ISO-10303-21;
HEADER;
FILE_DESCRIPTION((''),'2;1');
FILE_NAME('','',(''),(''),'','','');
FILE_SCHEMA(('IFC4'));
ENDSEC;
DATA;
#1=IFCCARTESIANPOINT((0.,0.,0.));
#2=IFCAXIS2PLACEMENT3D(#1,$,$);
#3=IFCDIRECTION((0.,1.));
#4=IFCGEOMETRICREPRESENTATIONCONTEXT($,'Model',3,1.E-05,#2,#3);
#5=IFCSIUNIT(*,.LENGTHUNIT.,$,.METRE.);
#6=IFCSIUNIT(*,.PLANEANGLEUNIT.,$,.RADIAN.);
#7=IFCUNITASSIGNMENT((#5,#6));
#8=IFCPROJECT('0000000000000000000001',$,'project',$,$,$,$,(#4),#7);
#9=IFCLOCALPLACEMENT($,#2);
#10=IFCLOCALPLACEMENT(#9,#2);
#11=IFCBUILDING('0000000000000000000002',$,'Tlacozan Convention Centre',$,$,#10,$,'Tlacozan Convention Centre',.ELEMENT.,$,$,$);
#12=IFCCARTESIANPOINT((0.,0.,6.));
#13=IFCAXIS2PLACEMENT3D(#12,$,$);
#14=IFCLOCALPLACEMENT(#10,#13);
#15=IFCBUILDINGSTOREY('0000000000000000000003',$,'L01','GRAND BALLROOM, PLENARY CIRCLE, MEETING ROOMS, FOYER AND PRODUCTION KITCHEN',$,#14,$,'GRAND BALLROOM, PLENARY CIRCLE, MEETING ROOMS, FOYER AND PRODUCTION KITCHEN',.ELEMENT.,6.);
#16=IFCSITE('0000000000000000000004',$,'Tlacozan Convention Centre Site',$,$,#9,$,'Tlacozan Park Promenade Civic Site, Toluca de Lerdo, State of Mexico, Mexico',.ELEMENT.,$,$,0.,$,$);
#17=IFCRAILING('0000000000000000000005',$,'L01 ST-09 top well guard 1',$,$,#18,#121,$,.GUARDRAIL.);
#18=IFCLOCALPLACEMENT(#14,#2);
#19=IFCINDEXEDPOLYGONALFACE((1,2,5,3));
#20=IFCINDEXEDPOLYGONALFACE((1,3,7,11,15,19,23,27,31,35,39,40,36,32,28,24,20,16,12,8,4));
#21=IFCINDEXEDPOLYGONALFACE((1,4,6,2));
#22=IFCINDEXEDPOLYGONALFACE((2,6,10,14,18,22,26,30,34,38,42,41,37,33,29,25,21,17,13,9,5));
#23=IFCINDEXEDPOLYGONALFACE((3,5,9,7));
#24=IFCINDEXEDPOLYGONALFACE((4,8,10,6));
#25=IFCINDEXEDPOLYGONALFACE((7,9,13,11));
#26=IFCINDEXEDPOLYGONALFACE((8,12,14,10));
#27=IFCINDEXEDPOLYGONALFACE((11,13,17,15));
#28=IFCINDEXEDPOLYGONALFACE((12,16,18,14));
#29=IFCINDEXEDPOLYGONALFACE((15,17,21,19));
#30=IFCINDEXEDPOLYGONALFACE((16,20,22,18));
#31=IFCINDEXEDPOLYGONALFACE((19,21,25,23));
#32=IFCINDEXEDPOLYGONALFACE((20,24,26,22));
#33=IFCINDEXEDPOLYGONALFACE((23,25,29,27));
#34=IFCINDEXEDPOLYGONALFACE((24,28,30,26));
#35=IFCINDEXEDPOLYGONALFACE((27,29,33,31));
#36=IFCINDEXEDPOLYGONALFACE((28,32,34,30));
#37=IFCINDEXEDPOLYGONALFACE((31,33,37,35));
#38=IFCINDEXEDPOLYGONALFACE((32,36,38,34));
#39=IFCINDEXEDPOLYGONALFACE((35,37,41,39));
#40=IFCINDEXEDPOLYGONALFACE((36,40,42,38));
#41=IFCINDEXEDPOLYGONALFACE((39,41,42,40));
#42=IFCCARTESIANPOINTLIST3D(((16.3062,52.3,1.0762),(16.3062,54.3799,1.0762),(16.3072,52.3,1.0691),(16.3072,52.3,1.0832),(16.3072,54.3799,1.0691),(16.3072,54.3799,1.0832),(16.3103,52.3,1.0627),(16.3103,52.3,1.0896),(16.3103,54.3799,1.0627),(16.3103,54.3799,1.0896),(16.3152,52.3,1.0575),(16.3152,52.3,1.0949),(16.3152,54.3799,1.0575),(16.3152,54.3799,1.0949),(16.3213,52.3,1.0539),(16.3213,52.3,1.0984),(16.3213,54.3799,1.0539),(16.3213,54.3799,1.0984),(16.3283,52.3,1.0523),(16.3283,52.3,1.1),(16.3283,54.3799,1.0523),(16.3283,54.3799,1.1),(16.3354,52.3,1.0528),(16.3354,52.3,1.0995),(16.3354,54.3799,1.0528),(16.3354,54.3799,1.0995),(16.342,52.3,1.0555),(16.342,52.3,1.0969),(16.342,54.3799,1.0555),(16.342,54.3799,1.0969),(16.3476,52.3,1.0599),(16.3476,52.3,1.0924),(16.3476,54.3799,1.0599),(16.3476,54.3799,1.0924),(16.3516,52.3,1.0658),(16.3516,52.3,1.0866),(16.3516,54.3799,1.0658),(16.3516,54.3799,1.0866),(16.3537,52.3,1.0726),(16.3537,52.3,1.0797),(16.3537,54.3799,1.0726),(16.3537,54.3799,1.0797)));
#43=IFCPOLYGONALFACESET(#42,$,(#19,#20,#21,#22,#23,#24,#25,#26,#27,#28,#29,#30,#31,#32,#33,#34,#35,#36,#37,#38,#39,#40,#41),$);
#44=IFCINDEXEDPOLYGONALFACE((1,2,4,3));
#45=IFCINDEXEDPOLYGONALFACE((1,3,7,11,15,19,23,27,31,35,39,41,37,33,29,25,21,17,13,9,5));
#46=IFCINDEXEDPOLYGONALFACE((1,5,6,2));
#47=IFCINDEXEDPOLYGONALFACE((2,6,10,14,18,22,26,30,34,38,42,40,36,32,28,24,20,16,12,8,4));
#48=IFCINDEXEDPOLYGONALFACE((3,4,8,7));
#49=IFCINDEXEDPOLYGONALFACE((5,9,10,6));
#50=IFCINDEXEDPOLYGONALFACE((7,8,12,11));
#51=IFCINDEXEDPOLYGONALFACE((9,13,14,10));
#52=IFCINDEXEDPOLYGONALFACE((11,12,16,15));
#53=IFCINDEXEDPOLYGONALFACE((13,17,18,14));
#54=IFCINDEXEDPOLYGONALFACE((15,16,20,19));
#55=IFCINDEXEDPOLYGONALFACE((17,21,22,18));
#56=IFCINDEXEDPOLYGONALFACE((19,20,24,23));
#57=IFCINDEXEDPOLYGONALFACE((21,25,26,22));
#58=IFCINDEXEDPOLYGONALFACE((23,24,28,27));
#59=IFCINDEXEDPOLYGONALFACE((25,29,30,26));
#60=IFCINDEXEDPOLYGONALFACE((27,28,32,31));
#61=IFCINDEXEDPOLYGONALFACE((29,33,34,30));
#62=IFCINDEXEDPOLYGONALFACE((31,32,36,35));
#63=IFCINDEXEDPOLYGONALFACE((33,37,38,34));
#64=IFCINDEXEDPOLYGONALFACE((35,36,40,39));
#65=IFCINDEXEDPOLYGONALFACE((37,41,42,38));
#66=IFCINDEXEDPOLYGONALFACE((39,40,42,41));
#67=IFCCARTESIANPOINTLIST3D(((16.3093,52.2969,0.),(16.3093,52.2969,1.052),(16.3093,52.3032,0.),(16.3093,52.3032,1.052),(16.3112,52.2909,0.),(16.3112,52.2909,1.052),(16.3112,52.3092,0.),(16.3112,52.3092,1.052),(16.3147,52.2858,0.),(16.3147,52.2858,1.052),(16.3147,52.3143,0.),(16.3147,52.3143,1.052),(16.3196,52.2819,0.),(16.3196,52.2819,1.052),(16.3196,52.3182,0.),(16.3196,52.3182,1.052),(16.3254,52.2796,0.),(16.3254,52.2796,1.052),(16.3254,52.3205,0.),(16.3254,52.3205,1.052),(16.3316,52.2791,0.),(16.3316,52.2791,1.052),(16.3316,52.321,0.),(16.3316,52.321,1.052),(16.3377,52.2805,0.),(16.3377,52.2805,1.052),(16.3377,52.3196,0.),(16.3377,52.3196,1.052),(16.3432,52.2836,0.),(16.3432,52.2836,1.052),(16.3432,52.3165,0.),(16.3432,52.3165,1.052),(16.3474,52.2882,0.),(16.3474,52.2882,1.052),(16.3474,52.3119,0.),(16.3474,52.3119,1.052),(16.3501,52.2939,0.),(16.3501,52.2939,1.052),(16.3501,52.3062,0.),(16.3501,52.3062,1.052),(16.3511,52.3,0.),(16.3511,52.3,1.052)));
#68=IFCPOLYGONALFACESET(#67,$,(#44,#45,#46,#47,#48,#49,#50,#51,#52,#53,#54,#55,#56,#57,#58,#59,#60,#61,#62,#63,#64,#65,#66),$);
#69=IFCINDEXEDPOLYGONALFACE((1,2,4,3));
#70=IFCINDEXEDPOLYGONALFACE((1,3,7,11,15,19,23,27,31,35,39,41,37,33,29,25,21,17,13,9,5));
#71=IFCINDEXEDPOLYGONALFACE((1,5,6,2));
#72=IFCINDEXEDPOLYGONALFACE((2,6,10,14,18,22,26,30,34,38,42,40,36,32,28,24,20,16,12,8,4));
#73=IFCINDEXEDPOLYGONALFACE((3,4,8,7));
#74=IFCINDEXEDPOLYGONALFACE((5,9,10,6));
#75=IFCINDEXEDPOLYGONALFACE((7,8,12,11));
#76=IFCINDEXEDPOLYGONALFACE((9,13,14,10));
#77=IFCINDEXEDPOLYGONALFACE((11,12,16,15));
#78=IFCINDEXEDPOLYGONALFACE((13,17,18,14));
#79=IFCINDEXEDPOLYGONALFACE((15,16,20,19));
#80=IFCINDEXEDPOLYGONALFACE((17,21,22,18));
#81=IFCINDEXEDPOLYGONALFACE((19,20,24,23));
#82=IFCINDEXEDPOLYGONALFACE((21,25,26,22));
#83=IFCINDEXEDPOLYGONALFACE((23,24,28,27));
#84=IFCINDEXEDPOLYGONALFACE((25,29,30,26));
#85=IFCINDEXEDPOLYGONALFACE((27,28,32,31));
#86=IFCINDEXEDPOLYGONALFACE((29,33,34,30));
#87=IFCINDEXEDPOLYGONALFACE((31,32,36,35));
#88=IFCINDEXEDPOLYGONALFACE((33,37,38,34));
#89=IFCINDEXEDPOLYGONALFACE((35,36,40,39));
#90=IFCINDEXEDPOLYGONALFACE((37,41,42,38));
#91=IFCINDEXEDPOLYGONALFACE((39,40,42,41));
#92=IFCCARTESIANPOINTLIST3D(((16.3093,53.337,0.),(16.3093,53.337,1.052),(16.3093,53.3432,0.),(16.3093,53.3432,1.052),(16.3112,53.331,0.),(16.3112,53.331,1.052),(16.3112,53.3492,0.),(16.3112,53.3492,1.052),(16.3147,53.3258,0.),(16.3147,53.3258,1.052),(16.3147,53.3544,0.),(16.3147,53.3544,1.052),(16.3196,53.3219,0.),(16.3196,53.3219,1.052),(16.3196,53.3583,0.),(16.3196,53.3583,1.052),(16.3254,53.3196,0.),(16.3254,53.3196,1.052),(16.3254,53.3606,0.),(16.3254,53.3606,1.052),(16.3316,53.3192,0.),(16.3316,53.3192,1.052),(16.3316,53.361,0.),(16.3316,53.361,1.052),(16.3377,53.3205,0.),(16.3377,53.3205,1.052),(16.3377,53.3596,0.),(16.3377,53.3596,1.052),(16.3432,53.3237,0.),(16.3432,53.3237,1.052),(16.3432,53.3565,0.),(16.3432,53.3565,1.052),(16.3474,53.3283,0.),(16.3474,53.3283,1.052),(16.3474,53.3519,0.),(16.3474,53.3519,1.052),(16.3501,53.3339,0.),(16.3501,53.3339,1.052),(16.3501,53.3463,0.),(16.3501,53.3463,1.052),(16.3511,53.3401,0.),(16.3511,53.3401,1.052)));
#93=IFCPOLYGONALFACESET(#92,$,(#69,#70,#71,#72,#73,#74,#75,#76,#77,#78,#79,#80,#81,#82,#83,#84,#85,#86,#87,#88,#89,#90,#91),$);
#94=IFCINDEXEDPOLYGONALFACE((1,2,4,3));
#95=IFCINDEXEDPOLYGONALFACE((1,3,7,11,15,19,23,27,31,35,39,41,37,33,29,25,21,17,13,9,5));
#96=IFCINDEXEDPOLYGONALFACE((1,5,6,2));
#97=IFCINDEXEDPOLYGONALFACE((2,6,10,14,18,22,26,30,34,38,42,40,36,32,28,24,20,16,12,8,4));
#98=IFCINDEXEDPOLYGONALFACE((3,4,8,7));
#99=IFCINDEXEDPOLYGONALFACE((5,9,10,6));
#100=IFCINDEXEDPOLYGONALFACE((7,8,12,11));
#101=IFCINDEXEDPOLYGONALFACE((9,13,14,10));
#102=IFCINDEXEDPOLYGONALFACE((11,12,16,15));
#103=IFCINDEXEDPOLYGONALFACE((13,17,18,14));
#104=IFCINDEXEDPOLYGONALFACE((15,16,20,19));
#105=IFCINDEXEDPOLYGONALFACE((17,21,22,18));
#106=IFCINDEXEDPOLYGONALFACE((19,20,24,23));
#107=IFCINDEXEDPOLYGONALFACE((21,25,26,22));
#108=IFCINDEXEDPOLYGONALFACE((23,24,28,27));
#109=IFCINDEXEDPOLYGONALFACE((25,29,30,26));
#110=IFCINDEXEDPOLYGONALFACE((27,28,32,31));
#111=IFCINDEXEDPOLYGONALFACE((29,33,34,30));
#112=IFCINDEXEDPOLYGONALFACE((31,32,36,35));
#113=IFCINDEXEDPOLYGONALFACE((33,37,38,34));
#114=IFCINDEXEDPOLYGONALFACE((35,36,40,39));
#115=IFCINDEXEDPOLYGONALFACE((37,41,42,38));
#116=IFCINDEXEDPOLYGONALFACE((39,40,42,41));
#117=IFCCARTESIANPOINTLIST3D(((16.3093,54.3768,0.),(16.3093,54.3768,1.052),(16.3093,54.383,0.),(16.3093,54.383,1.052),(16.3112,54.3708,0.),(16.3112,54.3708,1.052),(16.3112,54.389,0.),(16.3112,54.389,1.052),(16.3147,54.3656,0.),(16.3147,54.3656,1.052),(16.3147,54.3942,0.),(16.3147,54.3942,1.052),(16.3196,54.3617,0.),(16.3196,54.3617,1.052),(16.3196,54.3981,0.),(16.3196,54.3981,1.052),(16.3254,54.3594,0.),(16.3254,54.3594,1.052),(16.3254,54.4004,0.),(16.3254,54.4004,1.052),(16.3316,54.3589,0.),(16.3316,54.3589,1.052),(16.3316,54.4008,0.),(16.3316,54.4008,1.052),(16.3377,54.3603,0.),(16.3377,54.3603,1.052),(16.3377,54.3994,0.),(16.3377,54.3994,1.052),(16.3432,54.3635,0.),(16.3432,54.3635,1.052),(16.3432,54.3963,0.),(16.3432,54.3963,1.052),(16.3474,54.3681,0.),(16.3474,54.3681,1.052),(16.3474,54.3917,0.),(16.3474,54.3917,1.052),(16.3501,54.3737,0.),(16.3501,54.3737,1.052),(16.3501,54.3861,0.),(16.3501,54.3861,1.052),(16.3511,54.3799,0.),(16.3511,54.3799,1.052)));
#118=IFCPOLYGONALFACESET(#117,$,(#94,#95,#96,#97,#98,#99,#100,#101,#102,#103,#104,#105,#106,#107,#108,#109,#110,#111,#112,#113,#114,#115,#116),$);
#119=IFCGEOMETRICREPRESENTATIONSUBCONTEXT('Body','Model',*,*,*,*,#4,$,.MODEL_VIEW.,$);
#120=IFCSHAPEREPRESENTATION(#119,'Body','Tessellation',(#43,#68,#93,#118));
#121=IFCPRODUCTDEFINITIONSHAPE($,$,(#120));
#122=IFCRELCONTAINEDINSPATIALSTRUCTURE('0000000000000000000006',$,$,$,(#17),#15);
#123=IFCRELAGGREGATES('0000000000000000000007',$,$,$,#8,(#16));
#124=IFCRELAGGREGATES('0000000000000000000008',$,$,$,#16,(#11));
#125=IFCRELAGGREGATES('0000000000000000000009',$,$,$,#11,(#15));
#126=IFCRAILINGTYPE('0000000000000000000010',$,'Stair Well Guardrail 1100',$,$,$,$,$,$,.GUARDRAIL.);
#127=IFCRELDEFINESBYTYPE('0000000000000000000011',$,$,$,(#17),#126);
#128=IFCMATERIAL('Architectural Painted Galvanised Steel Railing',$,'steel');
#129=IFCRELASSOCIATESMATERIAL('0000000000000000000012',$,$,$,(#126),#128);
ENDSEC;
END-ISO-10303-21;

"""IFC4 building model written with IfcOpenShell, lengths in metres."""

from ifc_helpers import new_model, si_unit, direction, frame, origin, origin_2d, place, context, subcontext, project, spatial, circle, extrude, material, type_object, element, save


model = new_model("IFC4")

# Units and contexts
model_context = context("Model", 3, precision=1e-05, world=origin(), true_north=direction((0.0, 1.0)))
body_context = subcontext(model_context, "Body", "Model", "MODEL_VIEW")
ifc_project = project(units=[si_unit("LENGTHUNIT", "METRE"), si_unit("PLANEANGLEUNIT", "RADIAN")], contexts=[model_context])

# Site, building, storey
site_placement = place(None, origin())
site = spatial("IfcSite", under=ifc_project, at=site_placement, Name="Tlacozan Convention Centre Site", LongName="Tlacozan Park Promenade Civic Site, Toluca de Lerdo, State of Mexico, Mexico", CompositionType="ELEMENT", RefElevation=0.0)
building_placement = place(site_placement, origin())
building = spatial("IfcBuilding", under=site, at=building_placement, Name="Tlacozan Convention Centre", LongName="Tlacozan Convention Centre", CompositionType="ELEMENT")
storey_placement = place(building_placement, frame((0.0, 0.0, 6.0)))
storey = spatial("IfcBuildingStorey", under=building, at=storey_placement, Name="L01", Description="GRAND BALLROOM, PLENARY CIRCLE, MEETING ROOMS, FOYER AND PRODUCTION KITCHEN", LongName="GRAND BALLROOM, PLENARY CIRCLE, MEETING ROOMS, FOYER AND PRODUCTION KITCHEN", CompositionType="ELEMENT", Elevation=6.0)

# Railing
ifc_material_1 = material(Name="Architectural Painted Galvanised Steel Railing", Category="steel")
railing_type = type_object("IfcRailingType", Name="Stair Well Guardrail 1100", PredefinedType="GUARDRAIL", material=ifc_material_1)
railing_placement = place(storey_placement, frame((16.3301, 52.3, 0.0)))
element("IfcRailing", 1, at=railing_placement, inside=storey, type_object=railing_type, Name="L01 ST-09 top well guard 1", PredefinedType="GUARDRAIL", context=body_context, shape_type="SweptSolid", body=[
    extrude(circle(Radius=0.0239, at=origin_2d()), frame((0.0, 0.0, 1.0762), z_axis=(0.0, 1.0, 0.0), x_axis=(-1.0, 0.0, 0.0)), (0.0, 0.0, 1.0), 2.0798),
    extrude(circle(Radius=0.021, at=origin_2d()), origin(), (0.0, 0.0, 1.0), 1.052),
    extrude(circle(Radius=0.021, at=origin_2d()), frame((0.0, 1.04, 0.0)), (0.0, 0.0, 1.0), 1.052),
    extrude(circle(Radius=0.021, at=origin_2d()), frame((0.0, 2.0798, 0.0)), (0.0, 0.0, 1.0), 1.052),
])

save(model, "model.ifc")
